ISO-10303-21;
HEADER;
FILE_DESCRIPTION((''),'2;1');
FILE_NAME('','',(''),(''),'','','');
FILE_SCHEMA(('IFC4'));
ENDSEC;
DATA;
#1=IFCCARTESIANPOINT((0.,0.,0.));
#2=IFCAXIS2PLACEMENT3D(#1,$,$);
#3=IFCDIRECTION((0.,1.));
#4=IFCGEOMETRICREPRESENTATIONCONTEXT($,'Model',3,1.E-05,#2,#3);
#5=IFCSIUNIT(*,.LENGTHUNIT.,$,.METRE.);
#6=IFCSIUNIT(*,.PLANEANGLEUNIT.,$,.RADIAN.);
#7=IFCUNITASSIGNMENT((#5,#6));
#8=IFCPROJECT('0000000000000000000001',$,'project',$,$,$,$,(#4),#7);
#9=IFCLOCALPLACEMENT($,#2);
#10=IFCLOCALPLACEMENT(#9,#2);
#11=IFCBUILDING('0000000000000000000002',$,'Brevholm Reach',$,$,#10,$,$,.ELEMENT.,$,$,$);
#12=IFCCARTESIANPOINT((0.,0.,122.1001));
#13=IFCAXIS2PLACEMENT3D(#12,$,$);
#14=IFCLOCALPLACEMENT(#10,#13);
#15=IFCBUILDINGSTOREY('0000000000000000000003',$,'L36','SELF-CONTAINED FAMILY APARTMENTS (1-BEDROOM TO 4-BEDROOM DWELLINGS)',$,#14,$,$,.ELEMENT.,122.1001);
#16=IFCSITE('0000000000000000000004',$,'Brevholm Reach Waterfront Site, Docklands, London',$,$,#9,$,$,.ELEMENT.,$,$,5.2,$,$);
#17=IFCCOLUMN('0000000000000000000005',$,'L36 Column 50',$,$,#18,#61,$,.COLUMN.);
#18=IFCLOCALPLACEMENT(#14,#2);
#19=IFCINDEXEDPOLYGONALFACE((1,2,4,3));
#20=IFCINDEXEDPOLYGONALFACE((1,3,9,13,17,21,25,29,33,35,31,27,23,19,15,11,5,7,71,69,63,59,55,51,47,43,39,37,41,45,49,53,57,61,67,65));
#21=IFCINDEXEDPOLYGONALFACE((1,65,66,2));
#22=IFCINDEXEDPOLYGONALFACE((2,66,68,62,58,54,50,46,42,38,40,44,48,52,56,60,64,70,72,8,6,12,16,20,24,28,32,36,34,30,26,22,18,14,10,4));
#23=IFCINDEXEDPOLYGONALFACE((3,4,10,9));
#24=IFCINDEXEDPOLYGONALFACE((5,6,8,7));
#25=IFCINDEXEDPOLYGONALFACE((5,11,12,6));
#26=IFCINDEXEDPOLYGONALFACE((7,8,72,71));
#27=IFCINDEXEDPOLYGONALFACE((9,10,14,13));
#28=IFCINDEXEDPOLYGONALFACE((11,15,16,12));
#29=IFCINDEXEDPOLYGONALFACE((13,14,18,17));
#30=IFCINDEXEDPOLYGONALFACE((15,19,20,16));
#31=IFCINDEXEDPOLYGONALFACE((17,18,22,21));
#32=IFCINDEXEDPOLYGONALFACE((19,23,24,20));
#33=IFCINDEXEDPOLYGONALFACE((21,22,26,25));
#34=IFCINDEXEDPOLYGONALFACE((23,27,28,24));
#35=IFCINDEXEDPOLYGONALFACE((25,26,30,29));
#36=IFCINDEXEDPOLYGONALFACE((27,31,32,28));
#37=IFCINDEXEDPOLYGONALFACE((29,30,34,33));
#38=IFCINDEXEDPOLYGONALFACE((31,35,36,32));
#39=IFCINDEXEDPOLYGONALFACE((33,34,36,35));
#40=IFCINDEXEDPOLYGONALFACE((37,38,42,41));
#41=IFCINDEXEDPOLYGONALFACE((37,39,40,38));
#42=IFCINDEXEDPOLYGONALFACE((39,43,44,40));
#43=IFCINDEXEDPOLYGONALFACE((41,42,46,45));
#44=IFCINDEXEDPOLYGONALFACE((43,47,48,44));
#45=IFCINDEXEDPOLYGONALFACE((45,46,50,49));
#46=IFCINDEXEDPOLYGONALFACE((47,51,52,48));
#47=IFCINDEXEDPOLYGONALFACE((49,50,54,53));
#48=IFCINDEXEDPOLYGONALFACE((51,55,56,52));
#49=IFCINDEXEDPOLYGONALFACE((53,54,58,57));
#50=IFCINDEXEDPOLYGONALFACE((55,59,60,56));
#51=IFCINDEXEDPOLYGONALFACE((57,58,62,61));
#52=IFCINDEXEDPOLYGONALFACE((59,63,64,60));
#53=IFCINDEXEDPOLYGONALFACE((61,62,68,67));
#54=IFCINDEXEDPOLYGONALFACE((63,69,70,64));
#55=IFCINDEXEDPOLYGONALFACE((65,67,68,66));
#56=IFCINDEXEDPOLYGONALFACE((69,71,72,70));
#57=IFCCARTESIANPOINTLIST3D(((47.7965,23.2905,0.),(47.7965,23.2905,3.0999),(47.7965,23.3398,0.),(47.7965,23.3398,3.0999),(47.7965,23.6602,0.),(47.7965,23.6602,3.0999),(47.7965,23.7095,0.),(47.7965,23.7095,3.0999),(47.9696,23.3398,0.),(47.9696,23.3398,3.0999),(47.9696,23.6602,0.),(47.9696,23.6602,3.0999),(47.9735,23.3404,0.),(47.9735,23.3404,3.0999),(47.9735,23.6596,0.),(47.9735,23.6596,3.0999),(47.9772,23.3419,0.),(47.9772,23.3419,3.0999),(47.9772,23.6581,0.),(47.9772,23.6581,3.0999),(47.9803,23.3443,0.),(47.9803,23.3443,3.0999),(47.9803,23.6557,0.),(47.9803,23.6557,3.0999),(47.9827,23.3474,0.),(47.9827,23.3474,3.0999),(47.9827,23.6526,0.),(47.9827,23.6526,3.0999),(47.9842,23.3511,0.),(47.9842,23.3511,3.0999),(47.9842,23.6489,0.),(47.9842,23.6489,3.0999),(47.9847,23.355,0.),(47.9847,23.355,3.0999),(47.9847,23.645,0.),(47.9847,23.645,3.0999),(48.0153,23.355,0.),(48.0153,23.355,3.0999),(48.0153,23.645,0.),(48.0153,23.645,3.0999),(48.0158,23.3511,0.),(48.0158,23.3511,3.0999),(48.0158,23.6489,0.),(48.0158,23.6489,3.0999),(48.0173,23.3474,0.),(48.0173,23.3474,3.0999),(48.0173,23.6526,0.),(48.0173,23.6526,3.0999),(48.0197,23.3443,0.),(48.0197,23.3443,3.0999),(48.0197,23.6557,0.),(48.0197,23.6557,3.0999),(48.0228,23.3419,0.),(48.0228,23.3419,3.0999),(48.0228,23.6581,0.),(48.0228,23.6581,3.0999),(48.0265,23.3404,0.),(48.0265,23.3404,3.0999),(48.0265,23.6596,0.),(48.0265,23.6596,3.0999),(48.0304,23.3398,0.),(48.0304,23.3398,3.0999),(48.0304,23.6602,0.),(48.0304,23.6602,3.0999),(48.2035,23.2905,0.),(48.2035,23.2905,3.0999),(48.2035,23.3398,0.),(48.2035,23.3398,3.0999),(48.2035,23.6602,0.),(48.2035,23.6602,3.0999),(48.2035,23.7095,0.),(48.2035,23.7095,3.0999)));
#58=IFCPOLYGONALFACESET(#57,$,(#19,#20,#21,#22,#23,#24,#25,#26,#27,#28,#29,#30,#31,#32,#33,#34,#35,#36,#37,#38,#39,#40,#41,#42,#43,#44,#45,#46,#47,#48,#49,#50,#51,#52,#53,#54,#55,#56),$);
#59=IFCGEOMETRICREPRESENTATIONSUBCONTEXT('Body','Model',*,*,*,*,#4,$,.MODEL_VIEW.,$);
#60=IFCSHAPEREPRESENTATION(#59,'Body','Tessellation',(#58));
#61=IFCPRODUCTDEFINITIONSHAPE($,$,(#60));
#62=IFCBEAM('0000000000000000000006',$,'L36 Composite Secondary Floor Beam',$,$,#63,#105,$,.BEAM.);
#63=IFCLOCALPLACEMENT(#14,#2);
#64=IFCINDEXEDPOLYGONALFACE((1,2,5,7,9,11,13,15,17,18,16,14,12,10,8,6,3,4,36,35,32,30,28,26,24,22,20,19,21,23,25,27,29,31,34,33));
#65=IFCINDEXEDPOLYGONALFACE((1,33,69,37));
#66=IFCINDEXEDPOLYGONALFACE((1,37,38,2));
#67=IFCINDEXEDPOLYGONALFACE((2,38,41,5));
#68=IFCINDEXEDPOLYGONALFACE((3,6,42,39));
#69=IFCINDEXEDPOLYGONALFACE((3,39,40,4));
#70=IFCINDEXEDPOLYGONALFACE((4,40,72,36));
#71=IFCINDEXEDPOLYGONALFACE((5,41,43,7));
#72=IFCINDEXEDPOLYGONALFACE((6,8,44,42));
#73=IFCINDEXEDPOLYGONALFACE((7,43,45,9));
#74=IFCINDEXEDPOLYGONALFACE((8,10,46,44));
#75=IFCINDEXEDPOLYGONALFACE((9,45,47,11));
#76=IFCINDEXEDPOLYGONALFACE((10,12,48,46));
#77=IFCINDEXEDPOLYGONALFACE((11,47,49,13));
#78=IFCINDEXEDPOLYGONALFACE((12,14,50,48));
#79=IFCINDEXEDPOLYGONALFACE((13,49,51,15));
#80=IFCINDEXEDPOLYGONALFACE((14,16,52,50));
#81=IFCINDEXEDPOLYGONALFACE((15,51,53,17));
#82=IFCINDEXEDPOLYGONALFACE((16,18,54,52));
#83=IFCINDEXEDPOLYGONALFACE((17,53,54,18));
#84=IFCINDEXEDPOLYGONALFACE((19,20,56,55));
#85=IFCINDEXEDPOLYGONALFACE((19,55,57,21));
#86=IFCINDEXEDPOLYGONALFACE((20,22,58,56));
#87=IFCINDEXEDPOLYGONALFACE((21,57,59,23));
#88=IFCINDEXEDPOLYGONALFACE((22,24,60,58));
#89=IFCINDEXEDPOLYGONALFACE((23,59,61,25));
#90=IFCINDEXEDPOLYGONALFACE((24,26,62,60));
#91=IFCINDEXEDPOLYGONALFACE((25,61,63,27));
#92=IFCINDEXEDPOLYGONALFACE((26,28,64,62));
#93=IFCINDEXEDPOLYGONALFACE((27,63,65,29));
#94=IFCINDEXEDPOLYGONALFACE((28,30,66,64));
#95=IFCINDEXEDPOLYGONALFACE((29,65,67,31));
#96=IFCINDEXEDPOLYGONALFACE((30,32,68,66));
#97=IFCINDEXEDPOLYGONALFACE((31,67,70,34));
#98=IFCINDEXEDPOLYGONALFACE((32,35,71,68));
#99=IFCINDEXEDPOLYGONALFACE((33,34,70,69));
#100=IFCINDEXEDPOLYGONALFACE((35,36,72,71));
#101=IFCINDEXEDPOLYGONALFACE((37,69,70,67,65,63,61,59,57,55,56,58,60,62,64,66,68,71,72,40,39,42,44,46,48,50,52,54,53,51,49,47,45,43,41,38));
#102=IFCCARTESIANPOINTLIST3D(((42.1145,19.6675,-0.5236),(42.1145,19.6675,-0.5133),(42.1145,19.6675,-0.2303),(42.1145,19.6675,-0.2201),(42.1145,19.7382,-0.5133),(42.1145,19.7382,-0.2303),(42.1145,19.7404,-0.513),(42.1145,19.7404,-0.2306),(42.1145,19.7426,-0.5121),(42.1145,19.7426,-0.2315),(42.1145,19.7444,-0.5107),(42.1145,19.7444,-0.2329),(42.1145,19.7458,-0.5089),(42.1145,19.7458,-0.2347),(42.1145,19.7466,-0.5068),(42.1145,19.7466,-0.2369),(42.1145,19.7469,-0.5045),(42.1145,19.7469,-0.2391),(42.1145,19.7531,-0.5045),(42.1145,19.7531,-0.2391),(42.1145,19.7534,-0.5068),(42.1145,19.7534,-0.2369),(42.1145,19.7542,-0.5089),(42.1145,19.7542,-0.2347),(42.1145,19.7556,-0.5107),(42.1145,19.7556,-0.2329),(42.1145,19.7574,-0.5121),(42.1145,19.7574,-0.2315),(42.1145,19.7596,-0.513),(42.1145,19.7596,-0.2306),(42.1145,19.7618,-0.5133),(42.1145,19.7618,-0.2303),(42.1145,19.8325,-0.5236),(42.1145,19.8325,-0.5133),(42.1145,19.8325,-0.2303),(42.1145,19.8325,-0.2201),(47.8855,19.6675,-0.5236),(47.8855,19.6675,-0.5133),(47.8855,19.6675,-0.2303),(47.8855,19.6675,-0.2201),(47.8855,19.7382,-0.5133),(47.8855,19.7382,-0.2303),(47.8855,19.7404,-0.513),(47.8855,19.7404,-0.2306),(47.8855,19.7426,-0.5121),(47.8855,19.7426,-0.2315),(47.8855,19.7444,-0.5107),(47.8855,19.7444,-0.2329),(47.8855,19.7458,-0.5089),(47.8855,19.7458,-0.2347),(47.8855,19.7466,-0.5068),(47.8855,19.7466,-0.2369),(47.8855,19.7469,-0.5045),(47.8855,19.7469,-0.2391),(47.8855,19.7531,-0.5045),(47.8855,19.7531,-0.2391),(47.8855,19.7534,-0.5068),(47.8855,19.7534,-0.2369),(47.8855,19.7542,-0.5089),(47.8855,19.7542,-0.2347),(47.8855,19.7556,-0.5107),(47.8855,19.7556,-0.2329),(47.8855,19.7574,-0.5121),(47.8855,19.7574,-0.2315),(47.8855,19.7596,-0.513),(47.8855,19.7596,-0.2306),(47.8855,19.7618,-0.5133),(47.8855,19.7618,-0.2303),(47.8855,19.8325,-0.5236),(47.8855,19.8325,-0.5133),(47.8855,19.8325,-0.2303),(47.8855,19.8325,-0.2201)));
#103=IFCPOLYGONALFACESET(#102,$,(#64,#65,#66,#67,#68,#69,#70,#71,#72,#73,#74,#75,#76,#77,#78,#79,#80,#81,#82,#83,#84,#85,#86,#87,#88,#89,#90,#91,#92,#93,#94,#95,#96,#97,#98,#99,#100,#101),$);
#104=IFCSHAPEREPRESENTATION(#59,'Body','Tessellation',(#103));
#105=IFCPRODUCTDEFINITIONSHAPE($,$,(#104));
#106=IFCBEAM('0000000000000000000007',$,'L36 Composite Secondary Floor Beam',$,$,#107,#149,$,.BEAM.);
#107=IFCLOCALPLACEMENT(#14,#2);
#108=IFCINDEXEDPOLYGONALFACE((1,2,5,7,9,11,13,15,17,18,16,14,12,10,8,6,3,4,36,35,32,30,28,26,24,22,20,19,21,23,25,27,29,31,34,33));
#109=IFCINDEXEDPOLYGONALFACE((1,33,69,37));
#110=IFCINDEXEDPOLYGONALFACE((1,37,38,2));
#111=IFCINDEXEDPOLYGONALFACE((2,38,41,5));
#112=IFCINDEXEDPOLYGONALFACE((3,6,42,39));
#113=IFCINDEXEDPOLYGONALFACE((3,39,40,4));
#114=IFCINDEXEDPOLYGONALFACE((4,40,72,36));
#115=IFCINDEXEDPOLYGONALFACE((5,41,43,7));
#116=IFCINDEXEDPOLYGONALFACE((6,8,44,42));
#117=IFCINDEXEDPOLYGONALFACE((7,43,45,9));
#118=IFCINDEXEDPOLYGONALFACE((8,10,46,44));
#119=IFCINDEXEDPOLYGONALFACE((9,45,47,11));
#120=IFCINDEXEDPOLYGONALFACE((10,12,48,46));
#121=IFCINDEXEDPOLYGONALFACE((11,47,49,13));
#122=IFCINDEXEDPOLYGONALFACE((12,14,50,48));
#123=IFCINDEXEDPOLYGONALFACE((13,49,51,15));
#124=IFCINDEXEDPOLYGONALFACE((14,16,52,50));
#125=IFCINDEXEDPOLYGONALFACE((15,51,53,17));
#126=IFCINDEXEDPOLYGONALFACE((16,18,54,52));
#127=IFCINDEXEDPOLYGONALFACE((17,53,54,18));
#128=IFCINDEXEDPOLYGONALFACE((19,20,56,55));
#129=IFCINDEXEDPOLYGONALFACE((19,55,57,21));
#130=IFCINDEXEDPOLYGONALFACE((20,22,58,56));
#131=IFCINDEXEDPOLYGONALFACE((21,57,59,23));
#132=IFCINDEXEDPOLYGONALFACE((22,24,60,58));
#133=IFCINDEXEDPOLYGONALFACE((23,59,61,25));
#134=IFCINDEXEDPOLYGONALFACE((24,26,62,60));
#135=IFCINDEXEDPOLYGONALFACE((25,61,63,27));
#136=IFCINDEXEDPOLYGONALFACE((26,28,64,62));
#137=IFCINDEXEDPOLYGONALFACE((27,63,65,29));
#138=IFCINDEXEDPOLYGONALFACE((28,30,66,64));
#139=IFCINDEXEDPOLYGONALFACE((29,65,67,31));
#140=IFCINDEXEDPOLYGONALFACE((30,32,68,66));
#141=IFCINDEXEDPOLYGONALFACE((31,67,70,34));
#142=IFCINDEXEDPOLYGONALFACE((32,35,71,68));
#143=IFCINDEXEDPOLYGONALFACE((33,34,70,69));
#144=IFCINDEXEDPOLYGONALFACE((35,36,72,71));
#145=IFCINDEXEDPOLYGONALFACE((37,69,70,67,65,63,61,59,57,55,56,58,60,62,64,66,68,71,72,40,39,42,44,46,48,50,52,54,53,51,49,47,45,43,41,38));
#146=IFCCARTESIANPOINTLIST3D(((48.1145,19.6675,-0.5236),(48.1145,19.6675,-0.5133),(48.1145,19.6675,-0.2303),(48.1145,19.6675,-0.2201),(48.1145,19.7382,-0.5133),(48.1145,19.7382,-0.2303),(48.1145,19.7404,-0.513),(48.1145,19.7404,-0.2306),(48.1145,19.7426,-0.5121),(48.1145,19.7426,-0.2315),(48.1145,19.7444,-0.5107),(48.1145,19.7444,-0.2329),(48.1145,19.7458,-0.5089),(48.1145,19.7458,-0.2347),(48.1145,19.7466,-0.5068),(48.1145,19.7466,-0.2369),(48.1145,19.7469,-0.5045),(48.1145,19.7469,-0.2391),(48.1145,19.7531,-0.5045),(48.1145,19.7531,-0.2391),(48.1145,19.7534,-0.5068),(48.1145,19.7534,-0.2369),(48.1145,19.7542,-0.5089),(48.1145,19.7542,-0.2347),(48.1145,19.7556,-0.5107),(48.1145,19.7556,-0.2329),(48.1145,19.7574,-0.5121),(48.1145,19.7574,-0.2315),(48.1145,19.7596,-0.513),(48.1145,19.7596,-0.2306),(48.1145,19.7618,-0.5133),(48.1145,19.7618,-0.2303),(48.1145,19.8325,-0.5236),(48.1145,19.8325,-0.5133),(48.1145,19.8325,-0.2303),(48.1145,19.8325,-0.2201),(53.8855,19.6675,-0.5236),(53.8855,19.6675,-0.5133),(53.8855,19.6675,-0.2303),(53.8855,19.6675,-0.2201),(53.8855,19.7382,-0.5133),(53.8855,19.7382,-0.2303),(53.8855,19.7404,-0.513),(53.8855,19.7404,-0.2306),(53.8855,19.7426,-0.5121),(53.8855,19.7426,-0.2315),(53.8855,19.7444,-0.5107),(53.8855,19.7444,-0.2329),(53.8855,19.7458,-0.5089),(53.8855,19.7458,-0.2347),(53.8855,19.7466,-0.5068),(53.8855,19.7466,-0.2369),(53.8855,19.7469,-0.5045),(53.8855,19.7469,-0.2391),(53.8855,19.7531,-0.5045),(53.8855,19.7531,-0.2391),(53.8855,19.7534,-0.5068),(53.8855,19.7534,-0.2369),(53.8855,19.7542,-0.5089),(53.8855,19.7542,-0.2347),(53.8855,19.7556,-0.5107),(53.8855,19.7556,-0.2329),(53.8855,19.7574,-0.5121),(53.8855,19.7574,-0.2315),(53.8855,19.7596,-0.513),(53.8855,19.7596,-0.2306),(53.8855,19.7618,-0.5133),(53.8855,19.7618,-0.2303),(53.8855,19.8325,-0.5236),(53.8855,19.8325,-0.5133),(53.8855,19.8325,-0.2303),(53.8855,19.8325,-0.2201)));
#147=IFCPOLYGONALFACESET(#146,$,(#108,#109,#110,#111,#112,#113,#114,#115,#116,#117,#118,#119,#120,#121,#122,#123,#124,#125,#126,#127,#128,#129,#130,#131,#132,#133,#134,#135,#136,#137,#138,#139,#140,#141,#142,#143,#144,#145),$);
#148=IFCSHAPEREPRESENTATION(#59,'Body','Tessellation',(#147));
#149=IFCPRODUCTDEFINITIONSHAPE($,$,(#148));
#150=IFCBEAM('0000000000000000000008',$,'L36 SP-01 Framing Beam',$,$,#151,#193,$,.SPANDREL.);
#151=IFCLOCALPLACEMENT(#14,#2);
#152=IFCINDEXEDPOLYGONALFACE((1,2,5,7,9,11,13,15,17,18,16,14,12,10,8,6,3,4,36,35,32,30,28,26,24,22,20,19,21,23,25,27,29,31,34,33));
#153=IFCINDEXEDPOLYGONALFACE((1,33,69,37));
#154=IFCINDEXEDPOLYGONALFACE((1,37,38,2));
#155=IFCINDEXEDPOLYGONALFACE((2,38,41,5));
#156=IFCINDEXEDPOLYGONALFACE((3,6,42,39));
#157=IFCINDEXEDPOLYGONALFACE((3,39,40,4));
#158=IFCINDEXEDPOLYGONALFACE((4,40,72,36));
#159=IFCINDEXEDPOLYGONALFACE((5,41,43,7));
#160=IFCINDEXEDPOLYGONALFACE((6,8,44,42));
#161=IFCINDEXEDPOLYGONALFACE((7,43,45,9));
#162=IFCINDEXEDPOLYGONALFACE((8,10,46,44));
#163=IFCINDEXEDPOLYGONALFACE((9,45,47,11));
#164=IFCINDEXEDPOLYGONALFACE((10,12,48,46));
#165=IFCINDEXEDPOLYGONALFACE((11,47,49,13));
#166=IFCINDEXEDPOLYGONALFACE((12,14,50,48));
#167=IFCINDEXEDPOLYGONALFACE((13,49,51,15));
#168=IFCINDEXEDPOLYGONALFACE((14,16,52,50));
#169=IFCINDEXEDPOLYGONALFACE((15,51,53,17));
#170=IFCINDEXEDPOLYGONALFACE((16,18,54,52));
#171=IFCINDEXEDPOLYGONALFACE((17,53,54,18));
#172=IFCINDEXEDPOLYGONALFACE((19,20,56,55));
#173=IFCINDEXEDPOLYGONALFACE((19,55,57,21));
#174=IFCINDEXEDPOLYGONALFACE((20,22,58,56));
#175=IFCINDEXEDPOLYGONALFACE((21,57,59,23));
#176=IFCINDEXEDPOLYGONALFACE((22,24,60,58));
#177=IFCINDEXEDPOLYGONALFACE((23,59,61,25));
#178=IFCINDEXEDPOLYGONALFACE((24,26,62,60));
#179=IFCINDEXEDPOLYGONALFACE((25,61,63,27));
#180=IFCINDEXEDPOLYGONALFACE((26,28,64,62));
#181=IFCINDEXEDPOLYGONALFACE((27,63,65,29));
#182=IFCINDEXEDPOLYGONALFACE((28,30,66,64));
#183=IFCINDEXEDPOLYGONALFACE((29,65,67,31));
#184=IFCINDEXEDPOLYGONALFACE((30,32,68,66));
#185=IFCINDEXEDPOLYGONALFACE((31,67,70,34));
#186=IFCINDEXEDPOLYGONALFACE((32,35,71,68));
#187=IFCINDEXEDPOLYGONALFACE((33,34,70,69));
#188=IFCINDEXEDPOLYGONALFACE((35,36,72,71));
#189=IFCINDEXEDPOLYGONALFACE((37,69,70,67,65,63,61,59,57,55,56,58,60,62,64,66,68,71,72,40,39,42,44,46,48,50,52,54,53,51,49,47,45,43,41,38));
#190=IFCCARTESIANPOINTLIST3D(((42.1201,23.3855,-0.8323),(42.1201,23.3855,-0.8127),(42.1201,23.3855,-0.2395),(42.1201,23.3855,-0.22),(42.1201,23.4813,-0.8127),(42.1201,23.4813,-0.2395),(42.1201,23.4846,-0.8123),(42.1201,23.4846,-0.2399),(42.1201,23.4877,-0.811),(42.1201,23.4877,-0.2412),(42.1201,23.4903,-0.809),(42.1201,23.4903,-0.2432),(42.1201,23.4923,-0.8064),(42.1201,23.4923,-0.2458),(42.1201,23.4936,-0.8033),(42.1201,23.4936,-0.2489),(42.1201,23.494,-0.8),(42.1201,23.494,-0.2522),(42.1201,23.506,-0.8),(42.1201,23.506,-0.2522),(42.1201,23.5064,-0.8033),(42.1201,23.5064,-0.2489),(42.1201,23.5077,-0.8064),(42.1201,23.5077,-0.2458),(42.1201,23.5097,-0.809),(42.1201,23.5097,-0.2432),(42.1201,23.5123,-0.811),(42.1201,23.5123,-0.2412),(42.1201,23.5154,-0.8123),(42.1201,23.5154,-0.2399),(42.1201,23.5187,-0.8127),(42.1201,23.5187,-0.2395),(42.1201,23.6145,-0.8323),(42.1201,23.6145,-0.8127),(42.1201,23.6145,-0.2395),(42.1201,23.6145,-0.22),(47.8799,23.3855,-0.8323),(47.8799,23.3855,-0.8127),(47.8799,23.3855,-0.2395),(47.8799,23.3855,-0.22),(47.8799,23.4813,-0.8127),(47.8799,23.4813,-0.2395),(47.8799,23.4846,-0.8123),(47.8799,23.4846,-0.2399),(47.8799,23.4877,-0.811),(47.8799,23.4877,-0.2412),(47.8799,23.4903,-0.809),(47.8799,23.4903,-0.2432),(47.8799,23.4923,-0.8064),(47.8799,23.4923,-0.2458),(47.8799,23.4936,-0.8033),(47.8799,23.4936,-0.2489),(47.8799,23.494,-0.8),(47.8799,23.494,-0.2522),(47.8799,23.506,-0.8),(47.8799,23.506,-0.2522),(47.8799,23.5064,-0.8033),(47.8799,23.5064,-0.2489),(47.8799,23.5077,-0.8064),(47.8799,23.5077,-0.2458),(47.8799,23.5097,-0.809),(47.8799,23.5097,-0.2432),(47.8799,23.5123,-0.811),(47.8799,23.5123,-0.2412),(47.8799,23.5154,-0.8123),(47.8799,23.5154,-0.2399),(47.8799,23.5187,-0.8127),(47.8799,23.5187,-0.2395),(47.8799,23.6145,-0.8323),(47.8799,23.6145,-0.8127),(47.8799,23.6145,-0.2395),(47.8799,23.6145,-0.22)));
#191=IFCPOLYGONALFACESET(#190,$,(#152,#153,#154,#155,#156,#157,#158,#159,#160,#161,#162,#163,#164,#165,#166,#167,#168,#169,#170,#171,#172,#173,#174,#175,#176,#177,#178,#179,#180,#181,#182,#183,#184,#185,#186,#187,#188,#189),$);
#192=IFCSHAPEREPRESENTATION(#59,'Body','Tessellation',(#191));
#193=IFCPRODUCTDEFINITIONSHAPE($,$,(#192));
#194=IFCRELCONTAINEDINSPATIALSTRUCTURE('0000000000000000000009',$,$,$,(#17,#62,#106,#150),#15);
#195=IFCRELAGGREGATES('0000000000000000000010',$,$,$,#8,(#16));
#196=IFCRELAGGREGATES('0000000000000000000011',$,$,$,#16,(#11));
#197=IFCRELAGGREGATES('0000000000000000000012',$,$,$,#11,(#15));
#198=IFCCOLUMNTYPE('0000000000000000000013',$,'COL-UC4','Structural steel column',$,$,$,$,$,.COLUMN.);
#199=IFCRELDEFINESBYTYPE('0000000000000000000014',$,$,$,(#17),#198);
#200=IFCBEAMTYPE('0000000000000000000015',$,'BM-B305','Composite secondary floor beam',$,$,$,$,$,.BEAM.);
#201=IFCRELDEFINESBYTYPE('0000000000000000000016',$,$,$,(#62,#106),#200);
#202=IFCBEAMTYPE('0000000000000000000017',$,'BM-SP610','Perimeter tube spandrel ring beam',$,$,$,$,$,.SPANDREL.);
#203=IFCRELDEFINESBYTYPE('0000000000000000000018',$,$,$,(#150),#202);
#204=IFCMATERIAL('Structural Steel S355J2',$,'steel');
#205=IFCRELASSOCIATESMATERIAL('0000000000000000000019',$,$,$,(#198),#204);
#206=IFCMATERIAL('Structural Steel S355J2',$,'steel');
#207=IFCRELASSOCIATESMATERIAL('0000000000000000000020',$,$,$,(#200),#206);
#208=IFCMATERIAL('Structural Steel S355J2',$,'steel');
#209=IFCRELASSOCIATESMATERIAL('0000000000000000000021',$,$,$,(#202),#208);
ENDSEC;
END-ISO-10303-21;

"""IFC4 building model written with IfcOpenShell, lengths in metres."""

from ifc_helpers import new_model, si_unit, direction, frame, origin, origin_2d, place, context, subcontext, project, spatial, i_section, extrude, material, material_profile, profile_set, type_object, element, save


model = new_model("IFC4")

# Units and contexts
model_context = context("Model", 3, precision=1e-05, world=origin(), true_north=direction((0.0, 1.0)))
body_context = subcontext(model_context, "Body", "Model", "MODEL_VIEW")
ifc_project = project(units=[si_unit("LENGTHUNIT", "METRE"), si_unit("PLANEANGLEUNIT", "RADIAN")], contexts=[model_context])

# Site, building, storey
site_placement = place(None, origin())
site = spatial("IfcSite", under=ifc_project, at=site_placement, Name="Brevholm Reach Waterfront Site, Docklands, London", CompositionType="ELEMENT", RefElevation=5.2)
building_placement = place(site_placement, origin())
building = spatial("IfcBuilding", under=site, at=building_placement, Name="Brevholm Reach", CompositionType="ELEMENT")
storey_placement = place(building_placement, frame((0.0, 0.0, 122.1001)))
storey = spatial("IfcBuildingStorey", under=building, at=storey_placement, Name="L36", Description="SELF-CONTAINED FAMILY APARTMENTS (1-BEDROOM TO 4-BEDROOM DWELLINGS)", CompositionType="ELEMENT", Elevation=122.1001)

# Column
ifc_material_1 = material(Name="Structural Steel S355J2", Category="steel")
ifc_material_profile_1 = material_profile(ifc_material_1, i_section(OverallWidth=0.407, OverallDepth=0.4189, WebThickness=0.0305, FlangeThickness=0.0493, FilletRadius=0.0151, at=origin_2d()), Name="UKC 356x406x393")
ifc_profile_set_1 = profile_set([ifc_material_profile_1], Name="Structural Steel S355J2")
column_type = type_object("IfcColumnType", Name="COL-UC4", Description="Structural steel column", PredefinedType="COLUMN", material=ifc_profile_set_1)
column_placement = place(storey_placement, frame((48.0, 23.5, 0.0), z_axis=(0.0, 0.0, 1.0), x_axis=(1.0, 0.0, 0.0)))
element("IfcColumn", 1, at=column_placement, inside=storey, type_object=column_type, Name="L36 Column 50", PredefinedType="COLUMN", context=body_context, shape_type="SweptSolid", body=[
    extrude(i_section(OverallWidth=0.407, OverallDepth=0.4189, WebThickness=0.0305, FlangeThickness=0.0493, FilletRadius=0.0151, at=origin_2d()), origin(), (0.0, 0.0, 1.0), 3.0999),
])

# Beams
ifc_material_2 = material(Name="Structural Steel S355J2", Category="steel")
ifc_material_profile_2 = material_profile(ifc_material_2, i_section(OverallWidth=0.165, OverallDepth=0.3035, WebThickness=0.0061, FlangeThickness=0.0103, FilletRadius=0.0088, at=origin_2d()), Name="UKB 305x165x40")
ifc_profile_set_2 = profile_set([ifc_material_profile_2], Name="Structural Steel S355J2")
beam_type_1 = type_object("IfcBeamType", Name="BM-B305", Description="Composite secondary floor beam", PredefinedType="BEAM", material=ifc_profile_set_2)
for number, where, z_axis, x_axis, name in (
    (2, (42.1145, 19.75, -0.3718), (1.0, 0.0, 0.0), (0.0, 1.0, 0.0), "L36 Composite Secondary Floor Beam"),
    (3, (48.1145, 19.75, -0.3718), (1.0, 0.0, 0.0), (0.0, 1.0, 0.0), "L36 Composite Secondary Floor Beam"),
):
    element("IfcBeam", number, at=place(storey_placement, frame(where, z_axis=z_axis, x_axis=x_axis)), inside=storey, type_object=beam_type_1, Name=name, PredefinedType="BEAM", context=body_context, shape_type="SweptSolid", body=[
        extrude(i_section(OverallWidth=0.165, OverallDepth=0.3035, WebThickness=0.0061, FlangeThickness=0.0103, FilletRadius=0.0088, at=origin_2d()), origin(), (0.0, 0.0, 1.0), 5.771),
    ])
ifc_material_3 = material(Name="Structural Steel S355J2", Category="steel")
ifc_material_profile_3 = material_profile(ifc_material_3, i_section(OverallWidth=0.229, OverallDepth=0.6123, WebThickness=0.012, FlangeThickness=0.0195, FilletRadius=0.0127, at=origin_2d()), Name="UKB 610x229x125")
ifc_profile_set_3 = profile_set([ifc_material_profile_3], Name="Structural Steel S355J2")
beam_type_2 = type_object("IfcBeamType", Name="BM-SP610", Description="Perimeter tube spandrel ring beam", PredefinedType="SPANDREL", material=ifc_profile_set_3)
for number, where, z_axis, x_axis, name in (
    (4, (42.1201, 23.5, -0.5261), (1.0, 0.0, 0.0), (0.0, 1.0, 0.0), "L36 SP-01 Framing Beam"),
):
    element("IfcBeam", number, at=place(storey_placement, frame(where, z_axis=z_axis, x_axis=x_axis)), inside=storey, type_object=beam_type_2, Name=name, PredefinedType="SPANDREL", context=body_context, shape_type="SweptSolid", body=[
        extrude(i_section(OverallWidth=0.229, OverallDepth=0.6123, WebThickness=0.012, FlangeThickness=0.0195, FilletRadius=0.0127, at=origin_2d()), origin(), (0.0, 0.0, 1.0), 5.7598),
    ])

save(model, "model.ifc")
